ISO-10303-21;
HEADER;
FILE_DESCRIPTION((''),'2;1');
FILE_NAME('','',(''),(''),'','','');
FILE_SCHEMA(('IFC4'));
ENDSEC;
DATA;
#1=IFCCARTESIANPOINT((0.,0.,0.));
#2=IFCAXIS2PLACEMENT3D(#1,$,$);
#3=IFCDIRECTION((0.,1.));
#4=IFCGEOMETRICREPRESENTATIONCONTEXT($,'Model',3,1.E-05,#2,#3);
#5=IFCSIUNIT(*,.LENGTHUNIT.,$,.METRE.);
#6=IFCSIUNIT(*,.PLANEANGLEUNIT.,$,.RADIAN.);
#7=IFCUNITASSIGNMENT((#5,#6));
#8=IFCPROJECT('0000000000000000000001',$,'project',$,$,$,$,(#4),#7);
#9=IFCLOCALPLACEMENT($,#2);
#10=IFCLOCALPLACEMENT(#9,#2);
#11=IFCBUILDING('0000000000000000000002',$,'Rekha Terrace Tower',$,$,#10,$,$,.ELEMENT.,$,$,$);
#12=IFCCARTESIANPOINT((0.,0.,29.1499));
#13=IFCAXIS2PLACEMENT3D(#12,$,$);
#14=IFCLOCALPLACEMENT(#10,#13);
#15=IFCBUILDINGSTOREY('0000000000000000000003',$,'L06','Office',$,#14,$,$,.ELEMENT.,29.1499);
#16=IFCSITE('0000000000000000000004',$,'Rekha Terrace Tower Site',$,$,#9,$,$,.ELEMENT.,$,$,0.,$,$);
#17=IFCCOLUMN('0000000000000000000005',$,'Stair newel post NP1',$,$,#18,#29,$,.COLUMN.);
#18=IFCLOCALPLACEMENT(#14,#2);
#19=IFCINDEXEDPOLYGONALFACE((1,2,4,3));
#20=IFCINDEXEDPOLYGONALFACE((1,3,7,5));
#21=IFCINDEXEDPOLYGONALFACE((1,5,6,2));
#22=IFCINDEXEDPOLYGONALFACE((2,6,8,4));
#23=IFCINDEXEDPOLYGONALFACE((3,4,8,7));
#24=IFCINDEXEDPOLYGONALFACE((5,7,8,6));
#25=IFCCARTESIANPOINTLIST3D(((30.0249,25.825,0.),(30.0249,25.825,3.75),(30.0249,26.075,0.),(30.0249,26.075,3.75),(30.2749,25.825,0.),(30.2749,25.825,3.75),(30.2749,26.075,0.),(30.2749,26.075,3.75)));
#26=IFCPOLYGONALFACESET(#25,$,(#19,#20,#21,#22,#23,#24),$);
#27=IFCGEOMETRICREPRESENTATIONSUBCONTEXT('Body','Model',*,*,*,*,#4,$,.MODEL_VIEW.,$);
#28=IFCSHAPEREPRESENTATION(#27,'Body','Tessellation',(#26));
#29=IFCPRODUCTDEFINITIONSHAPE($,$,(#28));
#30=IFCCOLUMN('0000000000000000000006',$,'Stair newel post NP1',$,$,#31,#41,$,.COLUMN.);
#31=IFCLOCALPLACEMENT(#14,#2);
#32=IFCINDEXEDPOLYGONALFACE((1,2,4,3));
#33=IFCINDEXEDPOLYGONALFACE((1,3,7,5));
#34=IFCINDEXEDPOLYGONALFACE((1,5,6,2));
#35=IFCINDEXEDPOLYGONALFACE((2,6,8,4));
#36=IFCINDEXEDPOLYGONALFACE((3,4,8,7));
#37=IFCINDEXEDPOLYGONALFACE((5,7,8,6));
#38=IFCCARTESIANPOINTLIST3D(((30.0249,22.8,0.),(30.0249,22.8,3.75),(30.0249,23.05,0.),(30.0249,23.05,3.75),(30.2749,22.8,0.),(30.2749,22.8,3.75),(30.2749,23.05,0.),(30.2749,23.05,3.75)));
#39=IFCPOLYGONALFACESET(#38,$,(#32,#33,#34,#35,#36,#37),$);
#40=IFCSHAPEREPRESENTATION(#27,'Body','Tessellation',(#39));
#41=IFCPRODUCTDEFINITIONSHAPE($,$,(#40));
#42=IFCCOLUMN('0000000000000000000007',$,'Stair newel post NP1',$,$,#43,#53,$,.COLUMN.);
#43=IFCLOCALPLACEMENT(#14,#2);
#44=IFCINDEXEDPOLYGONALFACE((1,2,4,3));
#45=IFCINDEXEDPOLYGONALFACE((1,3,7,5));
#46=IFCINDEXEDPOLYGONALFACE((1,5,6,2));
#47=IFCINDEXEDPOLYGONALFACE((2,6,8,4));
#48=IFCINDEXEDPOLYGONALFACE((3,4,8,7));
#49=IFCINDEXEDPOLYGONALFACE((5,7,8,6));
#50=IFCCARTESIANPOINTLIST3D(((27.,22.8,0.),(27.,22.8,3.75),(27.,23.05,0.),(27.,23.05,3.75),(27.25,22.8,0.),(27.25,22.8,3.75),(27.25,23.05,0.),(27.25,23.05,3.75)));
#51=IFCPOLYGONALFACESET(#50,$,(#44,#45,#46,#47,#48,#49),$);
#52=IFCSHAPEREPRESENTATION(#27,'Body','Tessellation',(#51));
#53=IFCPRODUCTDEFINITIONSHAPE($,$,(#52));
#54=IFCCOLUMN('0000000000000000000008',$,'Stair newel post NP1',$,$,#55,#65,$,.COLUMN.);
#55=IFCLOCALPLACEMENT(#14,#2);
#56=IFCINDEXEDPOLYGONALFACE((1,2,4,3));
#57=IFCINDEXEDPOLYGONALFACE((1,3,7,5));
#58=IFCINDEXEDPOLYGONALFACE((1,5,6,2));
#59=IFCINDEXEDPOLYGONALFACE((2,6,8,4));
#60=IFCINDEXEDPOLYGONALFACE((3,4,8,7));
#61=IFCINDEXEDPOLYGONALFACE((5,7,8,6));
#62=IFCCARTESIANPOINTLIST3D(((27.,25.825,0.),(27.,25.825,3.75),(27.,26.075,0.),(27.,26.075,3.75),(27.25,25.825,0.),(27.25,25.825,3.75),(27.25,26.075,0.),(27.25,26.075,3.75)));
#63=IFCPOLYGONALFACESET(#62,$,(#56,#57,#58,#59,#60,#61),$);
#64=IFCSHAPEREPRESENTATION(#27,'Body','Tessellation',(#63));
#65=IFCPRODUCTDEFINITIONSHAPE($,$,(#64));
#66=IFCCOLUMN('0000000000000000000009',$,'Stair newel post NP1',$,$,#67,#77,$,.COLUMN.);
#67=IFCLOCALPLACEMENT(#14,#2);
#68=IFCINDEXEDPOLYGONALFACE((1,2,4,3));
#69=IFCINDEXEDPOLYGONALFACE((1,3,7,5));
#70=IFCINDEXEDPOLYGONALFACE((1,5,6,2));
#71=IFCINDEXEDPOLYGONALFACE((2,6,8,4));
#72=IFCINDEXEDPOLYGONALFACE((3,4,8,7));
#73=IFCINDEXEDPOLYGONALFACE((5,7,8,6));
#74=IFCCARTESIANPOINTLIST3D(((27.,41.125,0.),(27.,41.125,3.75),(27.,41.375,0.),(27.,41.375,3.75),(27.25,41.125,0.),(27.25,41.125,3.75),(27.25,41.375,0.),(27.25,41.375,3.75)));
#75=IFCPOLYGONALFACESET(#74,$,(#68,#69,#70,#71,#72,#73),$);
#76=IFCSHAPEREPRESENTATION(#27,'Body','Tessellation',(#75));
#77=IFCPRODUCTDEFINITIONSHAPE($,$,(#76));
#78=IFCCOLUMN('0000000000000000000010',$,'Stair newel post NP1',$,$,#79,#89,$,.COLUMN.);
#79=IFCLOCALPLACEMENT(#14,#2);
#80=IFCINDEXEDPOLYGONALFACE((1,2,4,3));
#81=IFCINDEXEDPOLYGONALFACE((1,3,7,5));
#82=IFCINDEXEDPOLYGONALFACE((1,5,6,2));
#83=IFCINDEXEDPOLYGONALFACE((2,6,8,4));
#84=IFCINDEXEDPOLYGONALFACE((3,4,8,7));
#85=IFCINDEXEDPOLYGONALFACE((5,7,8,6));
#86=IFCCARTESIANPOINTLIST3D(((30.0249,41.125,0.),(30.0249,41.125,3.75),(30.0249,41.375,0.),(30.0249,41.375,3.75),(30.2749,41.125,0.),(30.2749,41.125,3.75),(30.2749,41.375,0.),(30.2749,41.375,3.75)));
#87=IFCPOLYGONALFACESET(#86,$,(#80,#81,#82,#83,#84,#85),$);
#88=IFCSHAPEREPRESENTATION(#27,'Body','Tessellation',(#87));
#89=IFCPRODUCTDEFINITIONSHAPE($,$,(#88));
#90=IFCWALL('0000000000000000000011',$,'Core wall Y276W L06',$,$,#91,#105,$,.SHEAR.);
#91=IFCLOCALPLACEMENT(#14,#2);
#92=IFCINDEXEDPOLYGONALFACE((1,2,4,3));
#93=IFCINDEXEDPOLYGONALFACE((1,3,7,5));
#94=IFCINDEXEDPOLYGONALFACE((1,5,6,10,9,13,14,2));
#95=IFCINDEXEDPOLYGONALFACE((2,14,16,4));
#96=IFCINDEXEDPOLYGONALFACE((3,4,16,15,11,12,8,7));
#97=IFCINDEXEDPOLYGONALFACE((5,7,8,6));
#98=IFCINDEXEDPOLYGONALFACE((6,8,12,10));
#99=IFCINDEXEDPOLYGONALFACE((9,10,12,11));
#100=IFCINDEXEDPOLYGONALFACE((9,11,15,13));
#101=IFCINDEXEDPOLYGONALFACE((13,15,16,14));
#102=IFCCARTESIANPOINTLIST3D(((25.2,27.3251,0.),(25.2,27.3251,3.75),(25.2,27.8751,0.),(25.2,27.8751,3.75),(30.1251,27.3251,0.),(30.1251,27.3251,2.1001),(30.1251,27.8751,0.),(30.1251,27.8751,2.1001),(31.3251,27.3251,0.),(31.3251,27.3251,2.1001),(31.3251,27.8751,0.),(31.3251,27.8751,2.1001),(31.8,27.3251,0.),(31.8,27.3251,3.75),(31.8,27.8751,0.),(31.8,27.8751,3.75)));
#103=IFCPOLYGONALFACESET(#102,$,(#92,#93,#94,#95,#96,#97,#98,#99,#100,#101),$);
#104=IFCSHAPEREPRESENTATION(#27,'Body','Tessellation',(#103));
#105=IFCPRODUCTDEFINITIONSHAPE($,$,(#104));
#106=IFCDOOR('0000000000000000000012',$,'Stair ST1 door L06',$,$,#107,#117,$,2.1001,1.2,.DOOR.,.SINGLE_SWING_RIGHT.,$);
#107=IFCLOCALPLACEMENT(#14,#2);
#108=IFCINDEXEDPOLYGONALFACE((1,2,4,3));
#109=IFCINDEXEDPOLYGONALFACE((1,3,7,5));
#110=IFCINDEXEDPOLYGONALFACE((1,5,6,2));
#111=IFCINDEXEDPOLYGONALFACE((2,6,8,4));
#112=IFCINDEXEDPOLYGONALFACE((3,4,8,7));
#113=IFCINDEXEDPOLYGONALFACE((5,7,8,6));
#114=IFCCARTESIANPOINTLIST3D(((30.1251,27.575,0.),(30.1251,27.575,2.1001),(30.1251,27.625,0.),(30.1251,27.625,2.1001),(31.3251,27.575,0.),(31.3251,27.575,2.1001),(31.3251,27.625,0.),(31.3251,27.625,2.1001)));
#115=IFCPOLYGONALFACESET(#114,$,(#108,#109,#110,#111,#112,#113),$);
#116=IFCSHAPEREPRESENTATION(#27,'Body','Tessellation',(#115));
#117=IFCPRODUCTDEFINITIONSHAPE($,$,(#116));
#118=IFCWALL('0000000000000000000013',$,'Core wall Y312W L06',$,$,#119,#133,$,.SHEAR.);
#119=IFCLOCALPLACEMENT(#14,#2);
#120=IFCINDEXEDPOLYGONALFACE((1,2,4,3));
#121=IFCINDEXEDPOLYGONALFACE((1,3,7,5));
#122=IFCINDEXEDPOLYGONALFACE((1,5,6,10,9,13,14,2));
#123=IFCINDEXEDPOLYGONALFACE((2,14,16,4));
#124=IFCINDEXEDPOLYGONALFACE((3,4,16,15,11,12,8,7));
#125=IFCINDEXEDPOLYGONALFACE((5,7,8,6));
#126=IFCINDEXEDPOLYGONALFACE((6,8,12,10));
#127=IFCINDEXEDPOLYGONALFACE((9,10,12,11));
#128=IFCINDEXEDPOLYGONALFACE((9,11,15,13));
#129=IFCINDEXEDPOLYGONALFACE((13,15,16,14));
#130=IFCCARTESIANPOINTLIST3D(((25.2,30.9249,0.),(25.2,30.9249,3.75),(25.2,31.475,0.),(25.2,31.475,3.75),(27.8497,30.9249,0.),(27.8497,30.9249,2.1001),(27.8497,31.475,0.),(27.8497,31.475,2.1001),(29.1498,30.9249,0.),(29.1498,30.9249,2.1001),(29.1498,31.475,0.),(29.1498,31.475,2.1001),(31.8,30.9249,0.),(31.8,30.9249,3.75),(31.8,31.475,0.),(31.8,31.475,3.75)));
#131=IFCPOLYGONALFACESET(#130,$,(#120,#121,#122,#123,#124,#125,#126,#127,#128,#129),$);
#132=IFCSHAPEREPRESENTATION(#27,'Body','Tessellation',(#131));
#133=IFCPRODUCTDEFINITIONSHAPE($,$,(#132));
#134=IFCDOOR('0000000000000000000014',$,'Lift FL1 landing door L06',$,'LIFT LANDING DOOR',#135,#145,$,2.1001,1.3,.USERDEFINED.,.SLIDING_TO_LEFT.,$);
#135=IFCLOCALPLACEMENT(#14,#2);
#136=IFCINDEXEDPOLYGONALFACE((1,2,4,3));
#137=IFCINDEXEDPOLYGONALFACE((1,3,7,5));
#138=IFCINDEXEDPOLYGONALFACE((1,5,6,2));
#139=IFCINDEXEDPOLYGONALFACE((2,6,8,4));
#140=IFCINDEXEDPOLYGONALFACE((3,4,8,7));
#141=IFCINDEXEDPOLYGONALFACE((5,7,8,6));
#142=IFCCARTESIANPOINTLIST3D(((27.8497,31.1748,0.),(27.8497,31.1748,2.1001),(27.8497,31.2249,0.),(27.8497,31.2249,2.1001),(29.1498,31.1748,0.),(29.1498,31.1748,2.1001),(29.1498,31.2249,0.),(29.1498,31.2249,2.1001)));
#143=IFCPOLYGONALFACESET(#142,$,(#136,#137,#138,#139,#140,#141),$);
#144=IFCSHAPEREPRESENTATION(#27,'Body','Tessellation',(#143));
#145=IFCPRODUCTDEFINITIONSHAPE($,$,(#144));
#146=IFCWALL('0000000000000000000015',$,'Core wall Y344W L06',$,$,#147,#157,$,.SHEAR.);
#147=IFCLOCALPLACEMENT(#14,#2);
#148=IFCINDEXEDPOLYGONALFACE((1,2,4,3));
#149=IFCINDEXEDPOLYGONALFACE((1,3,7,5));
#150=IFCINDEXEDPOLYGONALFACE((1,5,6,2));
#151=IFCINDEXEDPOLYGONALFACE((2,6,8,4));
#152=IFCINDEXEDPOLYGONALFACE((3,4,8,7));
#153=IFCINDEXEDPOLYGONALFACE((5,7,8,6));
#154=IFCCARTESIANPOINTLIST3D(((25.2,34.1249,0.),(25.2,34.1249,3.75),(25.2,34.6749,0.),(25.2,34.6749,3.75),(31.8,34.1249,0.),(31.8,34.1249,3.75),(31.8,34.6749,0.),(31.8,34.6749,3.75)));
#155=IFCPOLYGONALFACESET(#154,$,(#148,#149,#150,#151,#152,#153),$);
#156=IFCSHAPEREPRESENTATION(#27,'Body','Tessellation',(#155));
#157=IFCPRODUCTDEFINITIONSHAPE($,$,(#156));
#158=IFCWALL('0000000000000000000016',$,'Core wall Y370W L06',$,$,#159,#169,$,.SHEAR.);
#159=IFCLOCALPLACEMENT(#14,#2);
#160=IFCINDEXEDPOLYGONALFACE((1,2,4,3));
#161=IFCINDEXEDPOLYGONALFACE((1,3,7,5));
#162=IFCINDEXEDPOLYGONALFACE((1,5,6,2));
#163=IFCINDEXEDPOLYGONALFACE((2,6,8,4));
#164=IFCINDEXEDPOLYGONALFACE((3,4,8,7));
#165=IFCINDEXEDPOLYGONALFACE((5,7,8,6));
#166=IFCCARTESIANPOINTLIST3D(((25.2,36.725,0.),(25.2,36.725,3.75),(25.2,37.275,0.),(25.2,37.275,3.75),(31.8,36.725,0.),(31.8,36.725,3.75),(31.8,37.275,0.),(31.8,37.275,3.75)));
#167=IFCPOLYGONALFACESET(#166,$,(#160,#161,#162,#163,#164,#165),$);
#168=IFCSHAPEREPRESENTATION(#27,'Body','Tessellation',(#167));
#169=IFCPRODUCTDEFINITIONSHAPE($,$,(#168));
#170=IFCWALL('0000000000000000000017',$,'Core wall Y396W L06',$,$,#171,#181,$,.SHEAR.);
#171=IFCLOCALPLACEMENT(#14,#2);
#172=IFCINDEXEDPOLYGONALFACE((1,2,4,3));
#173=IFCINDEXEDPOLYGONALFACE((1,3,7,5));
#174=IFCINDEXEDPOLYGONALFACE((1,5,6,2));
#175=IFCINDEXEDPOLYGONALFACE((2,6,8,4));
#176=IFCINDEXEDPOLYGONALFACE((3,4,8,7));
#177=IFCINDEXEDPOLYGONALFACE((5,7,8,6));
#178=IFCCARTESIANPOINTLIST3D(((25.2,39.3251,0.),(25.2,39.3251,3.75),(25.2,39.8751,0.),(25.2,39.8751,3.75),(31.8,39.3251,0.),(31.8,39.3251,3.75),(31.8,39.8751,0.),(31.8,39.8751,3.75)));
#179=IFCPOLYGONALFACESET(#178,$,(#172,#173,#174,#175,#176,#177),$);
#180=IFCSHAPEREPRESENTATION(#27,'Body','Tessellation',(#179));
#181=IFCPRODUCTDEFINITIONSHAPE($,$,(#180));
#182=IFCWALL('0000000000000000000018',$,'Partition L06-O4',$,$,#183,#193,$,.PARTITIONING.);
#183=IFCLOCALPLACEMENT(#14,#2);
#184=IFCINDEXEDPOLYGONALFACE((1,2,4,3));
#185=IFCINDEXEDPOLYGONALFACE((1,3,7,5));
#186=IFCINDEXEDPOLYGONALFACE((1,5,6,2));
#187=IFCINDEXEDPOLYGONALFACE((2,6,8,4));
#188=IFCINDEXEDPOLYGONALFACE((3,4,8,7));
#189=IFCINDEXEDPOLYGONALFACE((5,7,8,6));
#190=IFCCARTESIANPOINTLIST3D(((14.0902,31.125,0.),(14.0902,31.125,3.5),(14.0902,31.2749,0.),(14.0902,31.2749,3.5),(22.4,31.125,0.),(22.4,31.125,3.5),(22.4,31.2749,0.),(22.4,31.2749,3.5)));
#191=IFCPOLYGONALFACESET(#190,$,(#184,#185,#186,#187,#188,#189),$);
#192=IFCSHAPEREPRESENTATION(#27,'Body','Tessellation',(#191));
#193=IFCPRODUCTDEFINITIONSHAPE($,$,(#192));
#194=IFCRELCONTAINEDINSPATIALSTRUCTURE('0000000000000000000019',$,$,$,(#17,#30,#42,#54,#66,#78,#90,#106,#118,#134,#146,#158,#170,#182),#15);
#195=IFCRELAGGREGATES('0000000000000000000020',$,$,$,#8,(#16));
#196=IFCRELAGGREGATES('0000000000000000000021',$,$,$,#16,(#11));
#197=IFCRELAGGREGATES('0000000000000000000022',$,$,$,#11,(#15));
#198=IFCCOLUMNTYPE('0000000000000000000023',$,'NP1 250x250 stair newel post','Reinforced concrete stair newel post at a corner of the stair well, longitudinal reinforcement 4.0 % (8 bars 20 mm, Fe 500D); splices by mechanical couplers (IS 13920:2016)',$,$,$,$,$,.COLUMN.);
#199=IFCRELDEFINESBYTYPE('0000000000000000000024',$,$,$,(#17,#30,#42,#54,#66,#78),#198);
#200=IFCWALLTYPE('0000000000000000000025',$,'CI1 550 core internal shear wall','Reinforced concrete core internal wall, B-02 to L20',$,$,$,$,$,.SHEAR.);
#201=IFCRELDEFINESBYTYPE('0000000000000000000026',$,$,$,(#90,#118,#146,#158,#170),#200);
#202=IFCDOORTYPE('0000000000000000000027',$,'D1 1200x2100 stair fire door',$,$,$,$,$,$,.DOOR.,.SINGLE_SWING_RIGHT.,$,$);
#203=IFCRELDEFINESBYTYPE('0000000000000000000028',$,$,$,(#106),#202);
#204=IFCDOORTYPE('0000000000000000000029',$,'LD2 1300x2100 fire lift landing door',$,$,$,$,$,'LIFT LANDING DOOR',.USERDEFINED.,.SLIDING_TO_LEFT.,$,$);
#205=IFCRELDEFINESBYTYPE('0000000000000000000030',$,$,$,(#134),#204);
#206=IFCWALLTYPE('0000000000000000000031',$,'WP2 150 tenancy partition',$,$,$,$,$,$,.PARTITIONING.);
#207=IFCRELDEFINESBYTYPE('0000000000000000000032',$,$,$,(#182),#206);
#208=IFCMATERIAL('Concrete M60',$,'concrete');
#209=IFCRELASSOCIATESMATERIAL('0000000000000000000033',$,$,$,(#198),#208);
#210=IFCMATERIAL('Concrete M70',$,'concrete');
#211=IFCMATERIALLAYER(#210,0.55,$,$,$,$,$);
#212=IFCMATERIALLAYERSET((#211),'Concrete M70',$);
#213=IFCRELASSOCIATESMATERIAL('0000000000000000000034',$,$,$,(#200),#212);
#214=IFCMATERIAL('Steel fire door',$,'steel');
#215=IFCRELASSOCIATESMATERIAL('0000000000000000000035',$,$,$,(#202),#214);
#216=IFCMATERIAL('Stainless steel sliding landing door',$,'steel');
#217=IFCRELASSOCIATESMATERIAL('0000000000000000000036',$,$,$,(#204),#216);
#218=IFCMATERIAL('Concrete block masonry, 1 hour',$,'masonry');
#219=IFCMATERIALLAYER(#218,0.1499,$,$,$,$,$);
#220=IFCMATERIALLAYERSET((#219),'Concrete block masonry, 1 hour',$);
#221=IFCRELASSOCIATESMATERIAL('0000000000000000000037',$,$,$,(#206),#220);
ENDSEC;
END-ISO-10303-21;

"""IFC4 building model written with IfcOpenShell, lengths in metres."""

from ifc_helpers import new_model, si_unit, direction, frame, frame_2d, origin, origin_2d, place, context, subcontext, project, spatial, rectangle, extrude, material, layer, layer_set, material_profile, profile_set, type_object, element, fill, save


model = new_model("IFC4")

# Units and contexts
model_context = context("Model", 3, precision=1e-05, world=origin(), true_north=direction((0.0, 1.0)))
body_context = subcontext(model_context, "Body", "Model", "MODEL_VIEW")
ifc_project = project(units=[si_unit("LENGTHUNIT", "METRE"), si_unit("PLANEANGLEUNIT", "RADIAN")], contexts=[model_context])

# Site, building, storey
site_placement = place(None, origin())
site = spatial("IfcSite", under=ifc_project, at=site_placement, Name="Rekha Terrace Tower Site", CompositionType="ELEMENT", RefElevation=0.0)
building_placement = place(site_placement, origin())
building = spatial("IfcBuilding", under=site, at=building_placement, Name="Rekha Terrace Tower", CompositionType="ELEMENT")
storey_placement = place(building_placement, frame((0.0, 0.0, 29.1499)))
storey = spatial("IfcBuildingStorey", under=building, at=storey_placement, Name="L06", Description="Office", CompositionType="ELEMENT", Elevation=29.1499)

# Columns
ifc_material_1 = material(Name="Concrete M60", Category="concrete")
ifc_material_profile = material_profile(ifc_material_1, rectangle(XDim=0.25, YDim=0.25, at=origin_2d()), Name="RC 250x250")
ifc_profile_set = profile_set([ifc_material_profile], Name="Concrete M60")
column_type = type_object("IfcColumnType", Name="NP1 250x250 stair newel post", Description="Reinforced concrete stair newel post at a corner of the stair well, longitudinal reinforcement 4.0 % (8 bars 20 mm, Fe 500D); splices by mechanical couplers (IS 13920:2016)", PredefinedType="COLUMN", material=ifc_profile_set)
for number, where, z_axis, x_axis, name in (
    (1, (30.1499, 25.95, 0.0), (0.0, 0.0, 1.0), (1.0, 0.0, 0.0), "Stair newel post NP1"),
    (2, (30.1499, 22.925, 0.0), (0.0, 0.0, 1.0), (1.0, 0.0, 0.0), "Stair newel post NP1"),
    (3, (27.125, 22.925, 0.0), (0.0, 0.0, 1.0), (1.0, 0.0, 0.0), "Stair newel post NP1"),
    (4, (27.125, 25.95, 0.0), (0.0, 0.0, 1.0), (1.0, 0.0, 0.0), "Stair newel post NP1"),
    (5, (27.125, 41.25, 0.0), (0.0, 0.0, 1.0), (1.0, 0.0, 0.0), "Stair newel post NP1"),
    (6, (30.1499, 41.25, 0.0), (0.0, 0.0, 1.0), (1.0, 0.0, 0.0), "Stair newel post NP1"),
):
    element("IfcColumn", number, at=place(storey_placement, frame(where, z_axis=z_axis, x_axis=x_axis)), inside=storey, type_object=column_type, Name=name, PredefinedType="COLUMN", context=body_context, shape_type="SweptSolid", body=[
        extrude(rectangle(XDim=0.25, YDim=0.25, at=origin_2d()), origin(), (0.0, 0.0, 1.0), 3.75),
    ])

# Walls, openings, doors
ifc_material_2 = material(Name="Concrete M70", Category="concrete")
ifc_layer_1 = layer(ifc_material_2, 0.55)
ifc_layer_set_1 = layer_set([ifc_layer_1], Name="Concrete M70")
wall_type_1 = type_object("IfcWallType", Name="CI1 550 core internal shear wall", Description="Reinforced concrete core internal wall, B-02 to L20", PredefinedType="SHEAR", material=ifc_layer_set_1)
wall_1_placement = place(storey_placement, frame((25.2, 27.6001, 0.0), z_axis=(0.0, 0.0, 1.0), x_axis=(1.0, 0.0, 0.0)))
wall_1 = element("IfcWall", 7, at=wall_1_placement, inside=storey, type_object=wall_type_1, Name="Core wall Y276W L06", PredefinedType="SHEAR", context=body_context, shape_type="SweptSolid", body=[
    extrude(rectangle(XDim=6.6001, YDim=0.55, at=frame_2d((3.3, 0.0))), origin(), (0.0, 0.0, 1.0), 3.75),
])
opening_1_placement = place(wall_1_placement, frame((4.925, 0.0, 0.0)))
opening_1 = element("IfcOpeningElement", 8, at=opening_1_placement, cuts=wall_1, PredefinedType="OPENING", context=body_context, shape_type="SweptSolid", body=[
    extrude(rectangle(XDim=1.2, YDim=2.1001, at=frame_2d((0.6001, 1.05))), frame((0.0, 0.2849, 0.0), z_axis=(0.0, -1.0, 0.0), x_axis=(1.0, 0.0, 0.0)), (0.0, 0.0, 1.0), 0.5701),
])
ifc_material_3 = material(Name="Steel fire door", Category="steel")
door_type_1 = type_object("IfcDoorType", Name="D1 1200x2100 stair fire door", OperationType="SINGLE_SWING_RIGHT", PredefinedType="DOOR", material=ifc_material_3)
door_1_placement = place(opening_1_placement, origin())
door_1 = element("IfcDoor", 9, at=door_1_placement, inside=storey, type_object=door_type_1, Name="Stair ST1 door L06", OperationType="SINGLE_SWING_RIGHT", OverallHeight=2.1001, OverallWidth=1.2, PredefinedType="DOOR", context=body_context, shape_type="SweptSolid", body=[
    extrude(rectangle(XDim=1.2, YDim=2.1001, at=frame_2d((0.6001, 1.05))), frame((0.0, 0.0249, 0.0), z_axis=(0.0, -1.0, 0.0), x_axis=(1.0, 0.0, 0.0)), (0.0, 0.0, 1.0), 0.05),
])
fill(opening_1, door_1)
wall_2_placement = place(storey_placement, frame((25.2, 31.2, 0.0), z_axis=(0.0, 0.0, 1.0), x_axis=(1.0, 0.0, 0.0)))
wall_2 = element("IfcWall", 10, at=wall_2_placement, inside=storey, type_object=wall_type_1, Name="Core wall Y312W L06", PredefinedType="SHEAR", context=body_context, shape_type="SweptSolid", body=[
    extrude(rectangle(XDim=6.6001, YDim=0.55, at=frame_2d((3.3, 0.0))), origin(), (0.0, 0.0, 1.0), 3.75),
])
opening_2_placement = place(wall_2_placement, frame((2.6499, 0.0, 0.0)))
opening_2 = element("IfcOpeningElement", 11, at=opening_2_placement, cuts=wall_2, PredefinedType="OPENING", context=body_context, shape_type="SweptSolid", body=[
    extrude(rectangle(XDim=1.3, YDim=2.1001, at=frame_2d((0.6499, 1.05))), frame((0.0, 0.2849, 0.0), z_axis=(0.0, -1.0, 0.0), x_axis=(1.0, 0.0, 0.0)), (0.0, 0.0, 1.0), 0.5701),
])
ifc_material_4 = material(Name="Stainless steel sliding landing door", Category="steel")
door_type_2 = type_object("IfcDoorType", Name="LD2 1300x2100 fire lift landing door", ElementType="LIFT LANDING DOOR", OperationType="SLIDING_TO_LEFT", PredefinedType="USERDEFINED", material=ifc_material_4)
door_2_placement = place(opening_2_placement, origin())
door_2 = element("IfcDoor", 12, at=door_2_placement, inside=storey, type_object=door_type_2, Name="Lift FL1 landing door L06", ObjectType="LIFT LANDING DOOR", OperationType="SLIDING_TO_LEFT", OverallHeight=2.1001, OverallWidth=1.3, PredefinedType="USERDEFINED", context=body_context, shape_type="SweptSolid", body=[
    extrude(rectangle(XDim=1.3, YDim=2.1001, at=frame_2d((0.6499, 1.05))), frame((0.0, 0.0249, 0.0), z_axis=(0.0, -1.0, 0.0), x_axis=(1.0, 0.0, 0.0)), (0.0, 0.0, 1.0), 0.05),
])
fill(opening_2, door_2)

# Walls
for number, where, z_axis, x_axis, name in (
    (13, (25.2, 34.3999, 0.0), (0.0, 0.0, 1.0), (1.0, 0.0, 0.0), "Core wall Y344W L06"),
    (14, (25.2, 37.0, 0.0), (0.0, 0.0, 1.0), (1.0, 0.0, 0.0), "Core wall Y370W L06"),
    (15, (25.2, 39.6001, 0.0), (0.0, 0.0, 1.0), (1.0, 0.0, 0.0), "Core wall Y396W L06"),
):
    element("IfcWall", number, at=place(storey_placement, frame(where, z_axis=z_axis, x_axis=x_axis)), inside=storey, type_object=wall_type_1, Name=name, PredefinedType="SHEAR", context=body_context, shape_type="SweptSolid", body=[
        extrude(rectangle(XDim=6.6001, YDim=0.55, at=frame_2d((3.3, 0.0))), origin(), (0.0, 0.0, 1.0), 3.75),
    ])
ifc_material_5 = material(Name="Concrete block masonry, 1 hour", Category="masonry")
ifc_layer_2 = layer(ifc_material_5, 0.1499)
ifc_layer_set_2 = layer_set([ifc_layer_2], Name="Concrete block masonry, 1 hour")
wall_type_2 = type_object("IfcWallType", Name="WP2 150 tenancy partition", PredefinedType="PARTITIONING", material=ifc_layer_set_2)
wall_3_placement = place(storey_placement, frame((22.3999, 31.2, 0.0), z_axis=(0.0, 0.0, 1.0), x_axis=(-1.0, 0.0, 0.0)))
element("IfcWall", 16, at=wall_3_placement, inside=storey, type_object=wall_type_2, Name="Partition L06-O4", PredefinedType="PARTITIONING", context=body_context, shape_type="SweptSolid", body=[
    extrude(rectangle(XDim=8.3098, YDim=0.1499, at=frame_2d((4.1548, 0.0))), origin(), (0.0, 0.0, 1.0), 3.5),
])

save(model, "model.ifc")
